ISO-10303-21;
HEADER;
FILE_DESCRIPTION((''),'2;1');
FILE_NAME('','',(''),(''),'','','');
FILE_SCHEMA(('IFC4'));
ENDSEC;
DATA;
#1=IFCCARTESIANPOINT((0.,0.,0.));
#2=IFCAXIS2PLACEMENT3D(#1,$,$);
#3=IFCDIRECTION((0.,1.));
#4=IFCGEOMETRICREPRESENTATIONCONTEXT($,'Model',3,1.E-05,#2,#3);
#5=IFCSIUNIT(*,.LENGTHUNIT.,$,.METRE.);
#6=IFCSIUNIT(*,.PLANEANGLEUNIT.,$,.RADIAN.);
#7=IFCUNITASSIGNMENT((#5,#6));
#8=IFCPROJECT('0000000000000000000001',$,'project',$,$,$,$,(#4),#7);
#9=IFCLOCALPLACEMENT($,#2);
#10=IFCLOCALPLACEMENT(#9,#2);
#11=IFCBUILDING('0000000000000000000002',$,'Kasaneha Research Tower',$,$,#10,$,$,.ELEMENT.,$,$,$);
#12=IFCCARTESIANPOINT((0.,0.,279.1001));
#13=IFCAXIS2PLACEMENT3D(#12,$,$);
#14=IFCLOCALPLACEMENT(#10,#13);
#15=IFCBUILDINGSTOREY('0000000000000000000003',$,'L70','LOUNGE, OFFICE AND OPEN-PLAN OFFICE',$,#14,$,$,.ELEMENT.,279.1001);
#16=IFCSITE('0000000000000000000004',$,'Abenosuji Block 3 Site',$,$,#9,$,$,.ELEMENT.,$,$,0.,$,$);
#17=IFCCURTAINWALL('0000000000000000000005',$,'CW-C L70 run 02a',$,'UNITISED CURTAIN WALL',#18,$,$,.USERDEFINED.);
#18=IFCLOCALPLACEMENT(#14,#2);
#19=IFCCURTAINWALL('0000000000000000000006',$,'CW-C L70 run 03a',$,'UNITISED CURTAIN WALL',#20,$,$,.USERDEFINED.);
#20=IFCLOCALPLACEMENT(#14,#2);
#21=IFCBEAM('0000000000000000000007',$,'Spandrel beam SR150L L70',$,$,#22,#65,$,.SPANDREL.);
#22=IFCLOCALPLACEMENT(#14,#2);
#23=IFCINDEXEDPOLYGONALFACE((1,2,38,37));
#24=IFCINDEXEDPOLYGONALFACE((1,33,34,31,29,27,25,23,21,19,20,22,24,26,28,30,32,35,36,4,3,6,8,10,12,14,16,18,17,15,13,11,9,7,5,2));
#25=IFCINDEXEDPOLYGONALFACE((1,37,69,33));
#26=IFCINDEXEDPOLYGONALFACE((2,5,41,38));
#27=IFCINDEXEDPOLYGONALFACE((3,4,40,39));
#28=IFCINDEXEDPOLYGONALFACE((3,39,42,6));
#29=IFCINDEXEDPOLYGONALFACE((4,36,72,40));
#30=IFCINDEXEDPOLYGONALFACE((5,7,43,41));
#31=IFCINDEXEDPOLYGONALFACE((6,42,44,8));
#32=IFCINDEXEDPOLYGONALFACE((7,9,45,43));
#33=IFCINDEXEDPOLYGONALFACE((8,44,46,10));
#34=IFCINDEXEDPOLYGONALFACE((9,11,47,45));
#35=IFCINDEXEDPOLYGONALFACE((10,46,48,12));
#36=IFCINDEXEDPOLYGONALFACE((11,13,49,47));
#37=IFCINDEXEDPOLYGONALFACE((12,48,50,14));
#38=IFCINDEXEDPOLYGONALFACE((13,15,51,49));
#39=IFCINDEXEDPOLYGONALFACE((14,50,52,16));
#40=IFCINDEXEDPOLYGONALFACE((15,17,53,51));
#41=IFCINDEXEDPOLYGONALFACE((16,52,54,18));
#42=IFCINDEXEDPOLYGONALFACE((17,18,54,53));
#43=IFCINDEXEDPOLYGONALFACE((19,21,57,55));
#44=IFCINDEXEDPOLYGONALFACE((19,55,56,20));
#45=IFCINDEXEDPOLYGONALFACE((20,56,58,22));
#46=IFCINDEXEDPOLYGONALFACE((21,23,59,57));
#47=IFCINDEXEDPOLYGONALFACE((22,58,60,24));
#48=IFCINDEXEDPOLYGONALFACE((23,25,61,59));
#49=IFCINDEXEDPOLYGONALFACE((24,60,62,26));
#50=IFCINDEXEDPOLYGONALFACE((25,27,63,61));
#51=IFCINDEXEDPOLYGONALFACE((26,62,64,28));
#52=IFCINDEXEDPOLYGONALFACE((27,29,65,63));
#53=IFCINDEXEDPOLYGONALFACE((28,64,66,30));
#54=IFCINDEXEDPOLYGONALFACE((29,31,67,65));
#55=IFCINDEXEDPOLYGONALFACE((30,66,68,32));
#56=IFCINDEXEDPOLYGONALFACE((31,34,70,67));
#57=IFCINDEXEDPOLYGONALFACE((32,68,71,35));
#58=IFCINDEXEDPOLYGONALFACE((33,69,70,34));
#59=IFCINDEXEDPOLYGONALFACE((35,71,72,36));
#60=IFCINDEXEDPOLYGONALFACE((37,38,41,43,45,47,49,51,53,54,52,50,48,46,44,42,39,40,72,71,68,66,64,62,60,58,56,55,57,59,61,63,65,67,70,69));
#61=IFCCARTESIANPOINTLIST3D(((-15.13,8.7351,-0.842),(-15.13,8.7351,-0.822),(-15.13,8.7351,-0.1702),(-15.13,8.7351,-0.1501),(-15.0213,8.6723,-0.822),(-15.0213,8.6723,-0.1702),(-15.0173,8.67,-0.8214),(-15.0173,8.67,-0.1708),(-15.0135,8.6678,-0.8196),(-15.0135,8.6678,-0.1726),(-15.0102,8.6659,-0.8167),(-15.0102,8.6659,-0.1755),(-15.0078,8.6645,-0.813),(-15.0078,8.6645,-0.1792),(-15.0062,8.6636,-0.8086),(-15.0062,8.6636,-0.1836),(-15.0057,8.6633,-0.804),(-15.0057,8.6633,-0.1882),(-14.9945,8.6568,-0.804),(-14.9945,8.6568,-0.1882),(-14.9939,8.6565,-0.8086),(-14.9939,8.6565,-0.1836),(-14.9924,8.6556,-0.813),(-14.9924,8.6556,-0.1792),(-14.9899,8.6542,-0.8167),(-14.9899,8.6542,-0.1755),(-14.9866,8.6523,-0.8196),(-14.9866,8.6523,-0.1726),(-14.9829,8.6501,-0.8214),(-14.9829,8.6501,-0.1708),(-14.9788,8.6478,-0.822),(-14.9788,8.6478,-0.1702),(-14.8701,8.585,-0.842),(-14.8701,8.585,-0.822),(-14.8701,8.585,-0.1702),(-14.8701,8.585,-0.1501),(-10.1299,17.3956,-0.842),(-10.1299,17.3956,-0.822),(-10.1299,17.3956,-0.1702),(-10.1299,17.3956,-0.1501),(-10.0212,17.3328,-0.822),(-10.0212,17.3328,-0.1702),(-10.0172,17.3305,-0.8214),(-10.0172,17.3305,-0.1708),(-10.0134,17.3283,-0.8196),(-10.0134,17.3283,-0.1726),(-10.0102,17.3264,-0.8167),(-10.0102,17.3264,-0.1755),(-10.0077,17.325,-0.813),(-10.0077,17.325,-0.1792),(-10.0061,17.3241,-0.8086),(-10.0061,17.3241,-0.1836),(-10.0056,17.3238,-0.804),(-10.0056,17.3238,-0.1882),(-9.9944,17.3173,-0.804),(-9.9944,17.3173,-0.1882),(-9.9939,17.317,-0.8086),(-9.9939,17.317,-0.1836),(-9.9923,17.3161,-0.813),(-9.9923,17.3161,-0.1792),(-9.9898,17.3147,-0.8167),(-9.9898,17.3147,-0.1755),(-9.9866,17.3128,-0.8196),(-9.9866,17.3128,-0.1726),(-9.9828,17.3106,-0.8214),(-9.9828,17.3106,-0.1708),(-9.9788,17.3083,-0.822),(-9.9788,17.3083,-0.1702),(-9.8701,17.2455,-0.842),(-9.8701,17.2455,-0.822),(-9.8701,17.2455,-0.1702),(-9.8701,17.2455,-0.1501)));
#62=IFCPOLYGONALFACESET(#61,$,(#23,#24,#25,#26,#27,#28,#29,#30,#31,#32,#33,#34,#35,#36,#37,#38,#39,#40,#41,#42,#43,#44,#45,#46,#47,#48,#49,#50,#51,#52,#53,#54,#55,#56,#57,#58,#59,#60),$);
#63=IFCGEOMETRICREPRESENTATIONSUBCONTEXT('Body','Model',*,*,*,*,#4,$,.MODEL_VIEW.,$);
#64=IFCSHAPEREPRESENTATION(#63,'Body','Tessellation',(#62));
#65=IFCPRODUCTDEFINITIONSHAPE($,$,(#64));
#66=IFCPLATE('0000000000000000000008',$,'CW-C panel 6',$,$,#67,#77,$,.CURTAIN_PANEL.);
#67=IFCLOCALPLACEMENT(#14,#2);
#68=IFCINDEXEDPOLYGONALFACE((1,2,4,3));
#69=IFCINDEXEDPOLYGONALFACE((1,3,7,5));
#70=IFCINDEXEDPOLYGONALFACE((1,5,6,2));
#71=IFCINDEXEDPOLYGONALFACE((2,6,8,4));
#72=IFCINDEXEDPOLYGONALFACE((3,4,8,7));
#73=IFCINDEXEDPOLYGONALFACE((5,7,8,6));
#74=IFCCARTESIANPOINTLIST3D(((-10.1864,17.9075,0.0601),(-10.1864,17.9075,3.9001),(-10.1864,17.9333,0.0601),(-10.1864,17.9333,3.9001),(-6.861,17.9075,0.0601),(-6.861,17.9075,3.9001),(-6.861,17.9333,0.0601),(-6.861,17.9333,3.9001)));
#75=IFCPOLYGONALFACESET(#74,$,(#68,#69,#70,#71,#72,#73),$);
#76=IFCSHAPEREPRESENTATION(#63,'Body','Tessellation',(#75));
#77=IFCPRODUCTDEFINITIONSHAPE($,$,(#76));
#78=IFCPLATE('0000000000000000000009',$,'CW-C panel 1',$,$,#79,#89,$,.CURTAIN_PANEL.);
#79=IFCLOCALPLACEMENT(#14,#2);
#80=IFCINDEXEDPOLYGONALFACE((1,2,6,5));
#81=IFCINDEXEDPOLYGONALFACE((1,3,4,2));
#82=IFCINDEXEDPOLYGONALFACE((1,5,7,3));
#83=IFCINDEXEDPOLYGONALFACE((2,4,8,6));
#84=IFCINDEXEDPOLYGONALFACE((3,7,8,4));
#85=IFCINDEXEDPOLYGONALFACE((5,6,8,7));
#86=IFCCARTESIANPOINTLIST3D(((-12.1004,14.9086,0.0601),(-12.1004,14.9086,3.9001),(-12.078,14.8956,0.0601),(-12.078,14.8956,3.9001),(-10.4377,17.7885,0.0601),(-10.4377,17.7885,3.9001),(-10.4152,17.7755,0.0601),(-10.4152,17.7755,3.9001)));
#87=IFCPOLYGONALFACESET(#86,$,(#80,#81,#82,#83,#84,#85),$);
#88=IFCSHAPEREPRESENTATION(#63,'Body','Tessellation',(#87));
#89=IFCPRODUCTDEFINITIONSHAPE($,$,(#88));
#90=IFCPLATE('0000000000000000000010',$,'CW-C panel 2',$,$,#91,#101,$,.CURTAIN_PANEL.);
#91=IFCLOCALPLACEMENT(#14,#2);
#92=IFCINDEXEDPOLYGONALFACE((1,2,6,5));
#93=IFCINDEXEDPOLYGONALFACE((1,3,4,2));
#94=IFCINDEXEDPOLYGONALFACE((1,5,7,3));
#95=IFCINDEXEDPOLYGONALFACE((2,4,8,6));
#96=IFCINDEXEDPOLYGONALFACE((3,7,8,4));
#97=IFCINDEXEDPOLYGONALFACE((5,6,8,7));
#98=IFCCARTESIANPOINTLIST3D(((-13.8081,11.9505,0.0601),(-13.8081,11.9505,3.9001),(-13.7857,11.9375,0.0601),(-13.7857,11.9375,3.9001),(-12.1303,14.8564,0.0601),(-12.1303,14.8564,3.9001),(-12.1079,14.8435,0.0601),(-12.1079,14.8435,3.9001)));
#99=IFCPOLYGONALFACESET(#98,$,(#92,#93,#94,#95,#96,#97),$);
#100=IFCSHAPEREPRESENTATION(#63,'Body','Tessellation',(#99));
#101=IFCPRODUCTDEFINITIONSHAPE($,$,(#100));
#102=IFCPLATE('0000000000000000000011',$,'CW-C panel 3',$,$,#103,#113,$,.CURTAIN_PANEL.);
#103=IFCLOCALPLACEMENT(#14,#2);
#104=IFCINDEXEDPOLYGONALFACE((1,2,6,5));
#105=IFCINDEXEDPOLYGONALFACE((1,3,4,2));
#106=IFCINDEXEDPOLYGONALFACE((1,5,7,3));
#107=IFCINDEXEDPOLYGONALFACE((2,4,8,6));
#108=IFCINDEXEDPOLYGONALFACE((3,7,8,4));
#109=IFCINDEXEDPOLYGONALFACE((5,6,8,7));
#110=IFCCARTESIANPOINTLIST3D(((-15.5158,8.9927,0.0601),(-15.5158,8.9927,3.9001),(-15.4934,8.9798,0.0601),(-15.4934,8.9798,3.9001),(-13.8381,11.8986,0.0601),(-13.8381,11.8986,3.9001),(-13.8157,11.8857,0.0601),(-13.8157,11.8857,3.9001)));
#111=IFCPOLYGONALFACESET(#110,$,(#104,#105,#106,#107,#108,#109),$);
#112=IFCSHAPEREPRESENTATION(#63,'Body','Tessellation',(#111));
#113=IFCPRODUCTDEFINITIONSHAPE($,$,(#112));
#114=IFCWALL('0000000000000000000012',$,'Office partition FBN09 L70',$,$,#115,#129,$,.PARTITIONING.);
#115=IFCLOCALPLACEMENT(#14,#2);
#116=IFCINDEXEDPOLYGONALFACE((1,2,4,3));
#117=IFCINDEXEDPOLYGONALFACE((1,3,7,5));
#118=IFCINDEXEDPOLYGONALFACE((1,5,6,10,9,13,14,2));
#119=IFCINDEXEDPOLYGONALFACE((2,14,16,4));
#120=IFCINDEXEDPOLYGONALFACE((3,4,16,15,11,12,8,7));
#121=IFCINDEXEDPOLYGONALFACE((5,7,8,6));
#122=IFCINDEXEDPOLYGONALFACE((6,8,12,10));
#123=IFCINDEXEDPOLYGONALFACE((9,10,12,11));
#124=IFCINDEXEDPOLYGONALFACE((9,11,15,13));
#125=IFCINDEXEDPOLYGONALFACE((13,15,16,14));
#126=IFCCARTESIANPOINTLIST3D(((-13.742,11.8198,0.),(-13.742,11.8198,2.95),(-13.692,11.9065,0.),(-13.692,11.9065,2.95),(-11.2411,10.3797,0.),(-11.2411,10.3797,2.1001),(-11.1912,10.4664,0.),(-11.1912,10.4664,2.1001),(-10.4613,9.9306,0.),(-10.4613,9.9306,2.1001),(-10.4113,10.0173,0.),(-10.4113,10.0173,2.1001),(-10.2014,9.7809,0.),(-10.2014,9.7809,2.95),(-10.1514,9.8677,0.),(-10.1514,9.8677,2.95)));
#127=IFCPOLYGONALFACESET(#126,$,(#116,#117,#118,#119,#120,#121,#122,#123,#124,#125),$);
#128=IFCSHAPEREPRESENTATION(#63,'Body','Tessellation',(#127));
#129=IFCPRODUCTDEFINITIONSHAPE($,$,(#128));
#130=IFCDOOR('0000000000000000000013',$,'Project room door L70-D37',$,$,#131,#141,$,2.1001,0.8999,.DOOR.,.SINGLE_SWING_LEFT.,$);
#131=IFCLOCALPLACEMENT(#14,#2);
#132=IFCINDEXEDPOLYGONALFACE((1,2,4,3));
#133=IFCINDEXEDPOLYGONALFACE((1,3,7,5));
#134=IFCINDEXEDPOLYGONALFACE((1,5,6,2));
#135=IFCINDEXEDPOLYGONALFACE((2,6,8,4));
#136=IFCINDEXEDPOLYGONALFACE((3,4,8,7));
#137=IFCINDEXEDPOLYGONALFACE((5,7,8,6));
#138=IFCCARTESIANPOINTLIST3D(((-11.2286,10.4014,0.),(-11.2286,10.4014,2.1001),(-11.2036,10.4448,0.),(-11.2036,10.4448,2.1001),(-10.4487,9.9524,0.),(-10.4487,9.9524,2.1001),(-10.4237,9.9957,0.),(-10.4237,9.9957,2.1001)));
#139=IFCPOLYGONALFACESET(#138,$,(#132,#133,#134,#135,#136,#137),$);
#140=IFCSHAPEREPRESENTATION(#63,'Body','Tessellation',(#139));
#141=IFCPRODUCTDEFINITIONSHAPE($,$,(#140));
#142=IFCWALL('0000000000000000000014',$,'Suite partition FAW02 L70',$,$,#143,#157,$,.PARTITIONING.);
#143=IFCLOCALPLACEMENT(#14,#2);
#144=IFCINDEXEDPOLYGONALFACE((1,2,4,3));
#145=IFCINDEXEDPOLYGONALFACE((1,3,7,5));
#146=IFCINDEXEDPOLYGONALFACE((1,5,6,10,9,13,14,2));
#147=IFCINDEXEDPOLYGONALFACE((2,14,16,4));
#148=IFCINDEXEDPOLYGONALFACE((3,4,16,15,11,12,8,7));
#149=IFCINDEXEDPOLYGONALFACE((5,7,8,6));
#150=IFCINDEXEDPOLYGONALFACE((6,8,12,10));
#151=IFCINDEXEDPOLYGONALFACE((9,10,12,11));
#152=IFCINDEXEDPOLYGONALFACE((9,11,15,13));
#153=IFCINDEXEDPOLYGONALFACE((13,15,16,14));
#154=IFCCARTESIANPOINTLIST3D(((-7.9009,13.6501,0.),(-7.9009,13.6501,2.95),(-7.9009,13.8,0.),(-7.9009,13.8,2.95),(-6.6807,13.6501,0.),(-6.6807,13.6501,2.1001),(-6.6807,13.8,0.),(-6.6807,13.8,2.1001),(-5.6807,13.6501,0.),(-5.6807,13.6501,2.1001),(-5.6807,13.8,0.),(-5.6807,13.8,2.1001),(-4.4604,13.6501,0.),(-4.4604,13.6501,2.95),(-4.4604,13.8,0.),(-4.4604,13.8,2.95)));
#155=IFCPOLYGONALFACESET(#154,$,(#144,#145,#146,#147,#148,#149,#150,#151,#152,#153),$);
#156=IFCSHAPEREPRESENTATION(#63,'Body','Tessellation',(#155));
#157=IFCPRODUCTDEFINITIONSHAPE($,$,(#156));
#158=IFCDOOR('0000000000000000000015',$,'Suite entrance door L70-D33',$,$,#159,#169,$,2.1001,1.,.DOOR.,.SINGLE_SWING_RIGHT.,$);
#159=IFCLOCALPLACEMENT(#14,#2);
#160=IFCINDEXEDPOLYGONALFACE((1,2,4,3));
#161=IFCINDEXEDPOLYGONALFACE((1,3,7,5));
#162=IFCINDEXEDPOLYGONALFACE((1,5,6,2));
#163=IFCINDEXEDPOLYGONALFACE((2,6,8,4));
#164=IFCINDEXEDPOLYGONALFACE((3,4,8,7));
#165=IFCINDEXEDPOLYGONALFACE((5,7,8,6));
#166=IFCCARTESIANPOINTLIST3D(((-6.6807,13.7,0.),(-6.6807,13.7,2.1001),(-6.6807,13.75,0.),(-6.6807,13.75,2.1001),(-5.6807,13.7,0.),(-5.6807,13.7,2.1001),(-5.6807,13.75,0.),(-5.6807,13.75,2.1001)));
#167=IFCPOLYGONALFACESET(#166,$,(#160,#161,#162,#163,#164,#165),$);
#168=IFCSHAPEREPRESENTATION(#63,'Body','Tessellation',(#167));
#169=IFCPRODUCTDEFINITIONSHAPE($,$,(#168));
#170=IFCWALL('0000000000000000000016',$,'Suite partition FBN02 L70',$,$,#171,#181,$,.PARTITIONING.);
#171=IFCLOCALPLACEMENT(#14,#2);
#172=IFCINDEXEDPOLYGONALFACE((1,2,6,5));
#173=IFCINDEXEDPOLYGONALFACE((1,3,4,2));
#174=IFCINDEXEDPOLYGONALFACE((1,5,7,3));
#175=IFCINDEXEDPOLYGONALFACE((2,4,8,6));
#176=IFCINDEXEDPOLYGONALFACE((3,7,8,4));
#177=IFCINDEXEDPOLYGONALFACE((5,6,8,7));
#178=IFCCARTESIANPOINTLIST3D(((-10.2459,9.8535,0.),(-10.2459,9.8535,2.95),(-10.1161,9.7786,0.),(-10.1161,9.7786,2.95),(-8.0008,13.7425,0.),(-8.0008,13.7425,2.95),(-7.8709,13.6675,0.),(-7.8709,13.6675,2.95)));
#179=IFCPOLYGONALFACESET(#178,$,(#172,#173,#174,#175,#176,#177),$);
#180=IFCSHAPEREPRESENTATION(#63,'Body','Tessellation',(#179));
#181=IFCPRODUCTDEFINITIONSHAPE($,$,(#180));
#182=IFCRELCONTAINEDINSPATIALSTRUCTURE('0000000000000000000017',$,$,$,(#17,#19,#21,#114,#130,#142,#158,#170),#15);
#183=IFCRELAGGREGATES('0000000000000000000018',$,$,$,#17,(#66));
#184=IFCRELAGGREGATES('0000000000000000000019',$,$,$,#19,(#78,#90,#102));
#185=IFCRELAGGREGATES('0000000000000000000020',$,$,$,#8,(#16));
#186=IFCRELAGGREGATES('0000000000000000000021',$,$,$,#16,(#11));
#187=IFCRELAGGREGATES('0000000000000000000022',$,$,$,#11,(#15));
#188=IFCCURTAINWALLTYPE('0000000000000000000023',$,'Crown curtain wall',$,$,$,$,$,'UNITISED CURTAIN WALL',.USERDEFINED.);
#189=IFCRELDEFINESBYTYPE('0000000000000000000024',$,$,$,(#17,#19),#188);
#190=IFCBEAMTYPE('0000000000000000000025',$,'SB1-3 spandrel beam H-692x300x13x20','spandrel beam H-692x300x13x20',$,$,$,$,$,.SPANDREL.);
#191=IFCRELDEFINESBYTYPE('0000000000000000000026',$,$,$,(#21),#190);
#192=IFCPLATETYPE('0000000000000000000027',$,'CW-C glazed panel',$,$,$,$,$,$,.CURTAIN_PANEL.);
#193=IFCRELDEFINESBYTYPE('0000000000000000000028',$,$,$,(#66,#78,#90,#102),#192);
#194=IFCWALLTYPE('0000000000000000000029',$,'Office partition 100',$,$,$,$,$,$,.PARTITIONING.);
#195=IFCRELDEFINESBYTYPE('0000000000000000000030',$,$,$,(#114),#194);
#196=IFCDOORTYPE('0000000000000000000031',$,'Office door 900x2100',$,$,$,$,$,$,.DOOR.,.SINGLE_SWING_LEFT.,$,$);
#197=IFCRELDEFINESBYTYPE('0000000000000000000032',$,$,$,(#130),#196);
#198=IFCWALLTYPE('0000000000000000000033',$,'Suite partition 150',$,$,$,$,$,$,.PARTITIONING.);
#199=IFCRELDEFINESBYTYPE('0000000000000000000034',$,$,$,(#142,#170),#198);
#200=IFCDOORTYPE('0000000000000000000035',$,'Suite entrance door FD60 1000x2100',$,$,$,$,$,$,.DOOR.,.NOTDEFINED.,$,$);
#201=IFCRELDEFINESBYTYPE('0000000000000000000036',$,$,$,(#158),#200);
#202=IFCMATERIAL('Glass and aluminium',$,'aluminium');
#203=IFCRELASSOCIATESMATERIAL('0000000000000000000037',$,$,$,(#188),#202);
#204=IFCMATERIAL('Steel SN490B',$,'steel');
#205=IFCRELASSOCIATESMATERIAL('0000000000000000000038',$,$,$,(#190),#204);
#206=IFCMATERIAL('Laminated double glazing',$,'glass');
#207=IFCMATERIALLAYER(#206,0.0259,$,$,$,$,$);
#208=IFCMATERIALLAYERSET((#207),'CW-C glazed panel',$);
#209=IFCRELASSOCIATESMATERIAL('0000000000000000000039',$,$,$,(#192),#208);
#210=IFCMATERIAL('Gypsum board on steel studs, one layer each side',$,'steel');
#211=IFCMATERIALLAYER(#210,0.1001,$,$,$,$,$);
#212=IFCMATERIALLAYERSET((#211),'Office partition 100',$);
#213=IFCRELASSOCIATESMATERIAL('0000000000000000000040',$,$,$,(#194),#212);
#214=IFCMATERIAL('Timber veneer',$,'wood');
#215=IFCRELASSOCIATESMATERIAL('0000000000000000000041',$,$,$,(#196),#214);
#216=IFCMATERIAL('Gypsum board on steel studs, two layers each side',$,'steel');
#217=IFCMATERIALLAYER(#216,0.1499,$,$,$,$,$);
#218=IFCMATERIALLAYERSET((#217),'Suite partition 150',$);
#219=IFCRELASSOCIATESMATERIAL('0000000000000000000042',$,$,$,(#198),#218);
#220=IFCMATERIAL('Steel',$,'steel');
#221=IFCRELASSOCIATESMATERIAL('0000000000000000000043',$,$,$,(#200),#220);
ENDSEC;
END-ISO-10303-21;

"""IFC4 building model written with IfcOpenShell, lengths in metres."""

from ifc_helpers import new_model, si_unit, direction, frame, frame_2d, origin, origin_2d, place, context, subcontext, project, spatial, rectangle, i_section, extrude, material, layer, layer_set, material_profile, profile_set, type_object, element, fill, aggregate, save


model = new_model("IFC4")

# Units and contexts
model_context = context("Model", 3, precision=1e-05, world=origin(), true_north=direction((0.0, 1.0)))
body_context = subcontext(model_context, "Body", "Model", "MODEL_VIEW")
ifc_project = project(units=[si_unit("LENGTHUNIT", "METRE"), si_unit("PLANEANGLEUNIT", "RADIAN")], contexts=[model_context])

# Site, building, storey
site_placement = place(None, origin())
site = spatial("IfcSite", under=ifc_project, at=site_placement, Name="Abenosuji Block 3 Site", CompositionType="ELEMENT", RefElevation=0.0)
building_placement = place(site_placement, origin())
building = spatial("IfcBuilding", under=site, at=building_placement, Name="Kasaneha Research Tower", CompositionType="ELEMENT")
storey_placement = place(building_placement, frame((0.0, 0.0, 279.1001)))
storey = spatial("IfcBuildingStorey", under=building, at=storey_placement, Name="L70", Description="LOUNGE, OFFICE AND OPEN-PLAN OFFICE", CompositionType="ELEMENT", Elevation=279.1001)

# Curtain wall
ifc_material_1 = material(Name="Glass and aluminium", Category="aluminium")
curtain_wall_type = type_object("IfcCurtainWallType", Name="Crown curtain wall", ElementType="UNITISED CURTAIN WALL", PredefinedType="USERDEFINED", material=ifc_material_1)
curtain_wall_1_placement = place(storey_placement, origin())
curtain_wall_1 = element("IfcCurtainWall", 1, at=curtain_wall_1_placement, inside=storey, type_object=curtain_wall_type, Name="CW-C L70 run 02a", ObjectType="UNITISED CURTAIN WALL", PredefinedType="USERDEFINED")

# Curtain wall
curtain_wall_2_placement = place(storey_placement, origin())
curtain_wall_2 = element("IfcCurtainWall", 2, at=curtain_wall_2_placement, inside=storey, type_object=curtain_wall_type, Name="CW-C L70 run 03a", ObjectType="UNITISED CURTAIN WALL", PredefinedType="USERDEFINED")

# Beam
ifc_material_2 = material(Name="Steel SN490B", Category="steel")
ifc_material_profile_1 = material_profile(ifc_material_2, i_section(OverallWidth=0.3, OverallDepth=0.6919, WebThickness=0.0129, FlangeThickness=0.02, FilletRadius=0.0181, at=origin_2d()), Name="H-692x300x13x20")
ifc_profile_set_1 = profile_set([ifc_material_profile_1], Name="Steel SN490B")
beam_type_1 = type_object("IfcBeamType", Name="SB1-3 spandrel beam H-692x300x13x20", Description="spandrel beam H-692x300x13x20", PredefinedType="SPANDREL", material=ifc_profile_set_1)
beam_1_placement = place(storey_placement, frame((-10.0, 17.3206, -0.4961), z_axis=(-0.499994, -0.866029, 0.0), x_axis=(0.866029, -0.499994, 0.0)))
element("IfcBeam", 3, at=beam_1_placement, inside=storey, type_object=beam_type_1, Name="Spandrel beam SR150L L70", PredefinedType="SPANDREL", context=body_context, shape_type="SweptSolid", body=[
    extrude(i_section(OverallWidth=0.3, OverallDepth=0.6919, WebThickness=0.0129, FlangeThickness=0.02, FilletRadius=0.0181, at=origin_2d()), origin(), (0.0, 0.0, 1.0), 10.0002),
])

# Plates
ifc_material_3 = material(Name="Laminated double glazing", Category="glass")
ifc_layer_1 = layer(ifc_material_3, 0.0259)
ifc_layer_set_1 = layer_set([ifc_layer_1], Name="CW-C glazed panel")
plate_type = type_object("IfcPlateType", Name="CW-C glazed panel", PredefinedType="CURTAIN_PANEL", material=ifc_layer_set_1)
plate_1_placement = place(storey_placement, frame((-8.5237, 17.9204, 0.0601), z_axis=(0.0, 0.0, 1.0), x_axis=(-1.0, 0.0, 0.0)))
plate_1 = element("IfcPlate", 4, at=plate_1_placement, type_object=plate_type, Name="CW-C panel 6", PredefinedType="CURTAIN_PANEL", context=body_context, shape_type="SweptSolid", body=[
    extrude(rectangle(XDim=3.3254, YDim=0.0259, at=origin_2d()), origin(), (0.0, 0.0, 1.0), 3.8401),
])
aggregate(curtain_wall_1, [plate_1])
plate_2_placement = place(storey_placement, frame((-11.2578, 16.342, 0.0601), z_axis=(0.0, 0.0, 1.0), x_axis=(-0.5, -0.866025, 0.0)))
plate_2 = element("IfcPlate", 5, at=plate_2_placement, type_object=plate_type, Name="CW-C panel 1", PredefinedType="CURTAIN_PANEL", context=body_context, shape_type="SweptSolid", body=[
    extrude(rectangle(XDim=3.3254, YDim=0.0259, at=origin_2d()), origin(), (0.0, 0.0, 1.0), 3.8401),
])
plate_3_placement = place(storey_placement, frame((-12.958, 13.397, 0.0601), z_axis=(0.0, 0.0, 1.0), x_axis=(-0.5, -0.866025, 0.0)))
plate_3 = element("IfcPlate", 6, at=plate_3_placement, type_object=plate_type, Name="CW-C panel 2", PredefinedType="CURTAIN_PANEL", context=body_context, shape_type="SweptSolid", body=[
    extrude(rectangle(XDim=3.3555, YDim=0.0259, at=origin_2d()), origin(), (0.0, 0.0, 1.0), 3.8401),
])
plate_4_placement = place(storey_placement, frame((-14.6658, 10.4392, 0.0601), z_axis=(0.0, 0.0, 1.0), x_axis=(-0.5, -0.866025, 0.0)))
plate_4 = element("IfcPlate", 7, at=plate_4_placement, type_object=plate_type, Name="CW-C panel 3", PredefinedType="CURTAIN_PANEL", context=body_context, shape_type="SweptSolid", body=[
    extrude(rectangle(XDim=3.3555, YDim=0.0259, at=origin_2d()), origin(), (0.0, 0.0, 1.0), 3.8401),
])
aggregate(curtain_wall_2, [plate_2, plate_3, plate_4])

# Walls, openings, doors
ifc_material_4 = material(Name="Gypsum board on steel studs, one layer each side", Category="steel")
ifc_layer_2 = layer(ifc_material_4, 0.1001)
ifc_layer_set_2 = layer_set([ifc_layer_2], Name="Office partition 100")
wall_type_1 = type_object("IfcWallType", Name="Office partition 100", PredefinedType="PARTITIONING", material=ifc_layer_set_2)
wall_1_placement = place(storey_placement, frame((-10.1763, 9.8242, 0.0), z_axis=(0.0, 0.0, 1.0), x_axis=(-0.866587, 0.499026, 0.0)))
wall_1 = element("IfcWall", 8, at=wall_1_placement, inside=storey, type_object=wall_type_1, Name="Office partition FBN09 L70", PredefinedType="PARTITIONING", context=body_context, shape_type="SweptSolid", body=[
    extrude(rectangle(XDim=4.0857, YDim=0.1001, at=frame_2d((2.043, 0.0))), origin(), (0.0, 0.0, 1.0), 2.95),
])
opening_1_placement = place(wall_1_placement, frame((0.3, 0.0, 0.0)))
opening_1 = element("IfcOpeningElement", 9, at=opening_1_placement, cuts=wall_1, PredefinedType="OPENING", context=body_context, shape_type="SweptSolid", body=[
    extrude(rectangle(XDim=0.8999, YDim=2.1001, at=frame_2d((0.45, 1.05))), frame((0.0, 0.0601, 0.0), z_axis=(0.0, -1.0, 0.0), x_axis=(1.0, 0.0, 0.0)), (0.0, 0.0, 1.0), 0.1201),
])
ifc_material_5 = material(Name="Timber veneer", Category="wood")
door_type_1 = type_object("IfcDoorType", Name="Office door 900x2100", OperationType="SINGLE_SWING_LEFT", PredefinedType="DOOR", material=ifc_material_5)
door_1_placement = place(opening_1_placement, origin())
door_1 = element("IfcDoor", 10, at=door_1_placement, inside=storey, type_object=door_type_1, Name="Project room door L70-D37", OperationType="SINGLE_SWING_LEFT", OverallHeight=2.1001, OverallWidth=0.8999, PredefinedType="DOOR", context=body_context, shape_type="SweptSolid", body=[
    extrude(rectangle(XDim=0.8999, YDim=2.1001, at=frame_2d((0.45, 1.05))), frame((0.0, 0.0249, 0.0), z_axis=(0.0, -1.0, 0.0), x_axis=(1.0, 0.0, 0.0)), (0.0, 0.0, 1.0), 0.05),
])
fill(opening_1, door_1)
ifc_material_6 = material(Name="Gypsum board on steel studs, two layers each side", Category="steel")
ifc_layer_3 = layer(ifc_material_6, 0.1499)
ifc_layer_set_3 = layer_set([ifc_layer_3], Name="Suite partition 150")
wall_type_2 = type_object("IfcWallType", Name="Suite partition 150", PredefinedType="PARTITIONING", material=ifc_layer_set_3)
wall_2_placement = place(storey_placement, frame((-7.9009, 13.7251, 0.0), z_axis=(0.0, 0.0, 1.0), x_axis=(1.0, 0.0, 0.0)))
wall_2 = element("IfcWall", 11, at=wall_2_placement, inside=storey, type_object=wall_type_2, Name="Suite partition FAW02 L70", PredefinedType="PARTITIONING", context=body_context, shape_type="SweptSolid", body=[
    extrude(rectangle(XDim=3.4404, YDim=0.1499, at=frame_2d((1.7202, 0.0))), origin(), (0.0, 0.0, 1.0), 2.95),
])
opening_2_placement = place(wall_2_placement, frame((1.2202, 0.0, 0.0)))
opening_2 = element("IfcOpeningElement", 12, at=opening_2_placement, cuts=wall_2, PredefinedType="OPENING", context=body_context, shape_type="SweptSolid", body=[
    extrude(rectangle(XDim=1.0, YDim=2.1001, at=frame_2d((0.5, 1.05))), frame((0.0, 0.085, 0.0), z_axis=(0.0, -1.0, 0.0), x_axis=(1.0, 0.0, 0.0)), (0.0, 0.0, 1.0), 0.1699),
])
ifc_material_7 = material(Name="Steel", Category="steel")
door_type_2 = type_object("IfcDoorType", Name="Suite entrance door FD60 1000x2100", OperationType="NOTDEFINED", PredefinedType="DOOR", material=ifc_material_7)
door_2_placement = place(opening_2_placement, origin())
door_2 = element("IfcDoor", 13, at=door_2_placement, inside=storey, type_object=door_type_2, Name="Suite entrance door L70-D33", OperationType="SINGLE_SWING_RIGHT", OverallHeight=2.1001, OverallWidth=1.0, PredefinedType="DOOR", context=body_context, shape_type="SweptSolid", body=[
    extrude(rectangle(XDim=1.0, YDim=2.1001, at=frame_2d((0.5, 1.05))), frame((0.0, 0.0249, 0.0), z_axis=(0.0, -1.0, 0.0), x_axis=(1.0, 0.0, 0.0)), (0.0, 0.0, 1.0), 0.05),
])
fill(opening_2, door_2)

# Wall
wall_3_placement = place(storey_placement, frame((-10.1809, 9.8162, 0.0), z_axis=(0.0, 0.0, 1.0), x_axis=(0.499975, 0.86604, 0.0)))
element("IfcWall", 14, at=wall_3_placement, inside=storey, type_object=wall_type_2, Name="Suite partition FBN02 L70", PredefinedType="PARTITIONING", context=body_context, shape_type="SweptSolid", body=[
    extrude(rectangle(XDim=4.4905, YDim=0.1499, at=frame_2d((2.2451, 0.0))), origin(), (0.0, 0.0, 1.0), 2.95),
])

save(model, "model.ifc")
